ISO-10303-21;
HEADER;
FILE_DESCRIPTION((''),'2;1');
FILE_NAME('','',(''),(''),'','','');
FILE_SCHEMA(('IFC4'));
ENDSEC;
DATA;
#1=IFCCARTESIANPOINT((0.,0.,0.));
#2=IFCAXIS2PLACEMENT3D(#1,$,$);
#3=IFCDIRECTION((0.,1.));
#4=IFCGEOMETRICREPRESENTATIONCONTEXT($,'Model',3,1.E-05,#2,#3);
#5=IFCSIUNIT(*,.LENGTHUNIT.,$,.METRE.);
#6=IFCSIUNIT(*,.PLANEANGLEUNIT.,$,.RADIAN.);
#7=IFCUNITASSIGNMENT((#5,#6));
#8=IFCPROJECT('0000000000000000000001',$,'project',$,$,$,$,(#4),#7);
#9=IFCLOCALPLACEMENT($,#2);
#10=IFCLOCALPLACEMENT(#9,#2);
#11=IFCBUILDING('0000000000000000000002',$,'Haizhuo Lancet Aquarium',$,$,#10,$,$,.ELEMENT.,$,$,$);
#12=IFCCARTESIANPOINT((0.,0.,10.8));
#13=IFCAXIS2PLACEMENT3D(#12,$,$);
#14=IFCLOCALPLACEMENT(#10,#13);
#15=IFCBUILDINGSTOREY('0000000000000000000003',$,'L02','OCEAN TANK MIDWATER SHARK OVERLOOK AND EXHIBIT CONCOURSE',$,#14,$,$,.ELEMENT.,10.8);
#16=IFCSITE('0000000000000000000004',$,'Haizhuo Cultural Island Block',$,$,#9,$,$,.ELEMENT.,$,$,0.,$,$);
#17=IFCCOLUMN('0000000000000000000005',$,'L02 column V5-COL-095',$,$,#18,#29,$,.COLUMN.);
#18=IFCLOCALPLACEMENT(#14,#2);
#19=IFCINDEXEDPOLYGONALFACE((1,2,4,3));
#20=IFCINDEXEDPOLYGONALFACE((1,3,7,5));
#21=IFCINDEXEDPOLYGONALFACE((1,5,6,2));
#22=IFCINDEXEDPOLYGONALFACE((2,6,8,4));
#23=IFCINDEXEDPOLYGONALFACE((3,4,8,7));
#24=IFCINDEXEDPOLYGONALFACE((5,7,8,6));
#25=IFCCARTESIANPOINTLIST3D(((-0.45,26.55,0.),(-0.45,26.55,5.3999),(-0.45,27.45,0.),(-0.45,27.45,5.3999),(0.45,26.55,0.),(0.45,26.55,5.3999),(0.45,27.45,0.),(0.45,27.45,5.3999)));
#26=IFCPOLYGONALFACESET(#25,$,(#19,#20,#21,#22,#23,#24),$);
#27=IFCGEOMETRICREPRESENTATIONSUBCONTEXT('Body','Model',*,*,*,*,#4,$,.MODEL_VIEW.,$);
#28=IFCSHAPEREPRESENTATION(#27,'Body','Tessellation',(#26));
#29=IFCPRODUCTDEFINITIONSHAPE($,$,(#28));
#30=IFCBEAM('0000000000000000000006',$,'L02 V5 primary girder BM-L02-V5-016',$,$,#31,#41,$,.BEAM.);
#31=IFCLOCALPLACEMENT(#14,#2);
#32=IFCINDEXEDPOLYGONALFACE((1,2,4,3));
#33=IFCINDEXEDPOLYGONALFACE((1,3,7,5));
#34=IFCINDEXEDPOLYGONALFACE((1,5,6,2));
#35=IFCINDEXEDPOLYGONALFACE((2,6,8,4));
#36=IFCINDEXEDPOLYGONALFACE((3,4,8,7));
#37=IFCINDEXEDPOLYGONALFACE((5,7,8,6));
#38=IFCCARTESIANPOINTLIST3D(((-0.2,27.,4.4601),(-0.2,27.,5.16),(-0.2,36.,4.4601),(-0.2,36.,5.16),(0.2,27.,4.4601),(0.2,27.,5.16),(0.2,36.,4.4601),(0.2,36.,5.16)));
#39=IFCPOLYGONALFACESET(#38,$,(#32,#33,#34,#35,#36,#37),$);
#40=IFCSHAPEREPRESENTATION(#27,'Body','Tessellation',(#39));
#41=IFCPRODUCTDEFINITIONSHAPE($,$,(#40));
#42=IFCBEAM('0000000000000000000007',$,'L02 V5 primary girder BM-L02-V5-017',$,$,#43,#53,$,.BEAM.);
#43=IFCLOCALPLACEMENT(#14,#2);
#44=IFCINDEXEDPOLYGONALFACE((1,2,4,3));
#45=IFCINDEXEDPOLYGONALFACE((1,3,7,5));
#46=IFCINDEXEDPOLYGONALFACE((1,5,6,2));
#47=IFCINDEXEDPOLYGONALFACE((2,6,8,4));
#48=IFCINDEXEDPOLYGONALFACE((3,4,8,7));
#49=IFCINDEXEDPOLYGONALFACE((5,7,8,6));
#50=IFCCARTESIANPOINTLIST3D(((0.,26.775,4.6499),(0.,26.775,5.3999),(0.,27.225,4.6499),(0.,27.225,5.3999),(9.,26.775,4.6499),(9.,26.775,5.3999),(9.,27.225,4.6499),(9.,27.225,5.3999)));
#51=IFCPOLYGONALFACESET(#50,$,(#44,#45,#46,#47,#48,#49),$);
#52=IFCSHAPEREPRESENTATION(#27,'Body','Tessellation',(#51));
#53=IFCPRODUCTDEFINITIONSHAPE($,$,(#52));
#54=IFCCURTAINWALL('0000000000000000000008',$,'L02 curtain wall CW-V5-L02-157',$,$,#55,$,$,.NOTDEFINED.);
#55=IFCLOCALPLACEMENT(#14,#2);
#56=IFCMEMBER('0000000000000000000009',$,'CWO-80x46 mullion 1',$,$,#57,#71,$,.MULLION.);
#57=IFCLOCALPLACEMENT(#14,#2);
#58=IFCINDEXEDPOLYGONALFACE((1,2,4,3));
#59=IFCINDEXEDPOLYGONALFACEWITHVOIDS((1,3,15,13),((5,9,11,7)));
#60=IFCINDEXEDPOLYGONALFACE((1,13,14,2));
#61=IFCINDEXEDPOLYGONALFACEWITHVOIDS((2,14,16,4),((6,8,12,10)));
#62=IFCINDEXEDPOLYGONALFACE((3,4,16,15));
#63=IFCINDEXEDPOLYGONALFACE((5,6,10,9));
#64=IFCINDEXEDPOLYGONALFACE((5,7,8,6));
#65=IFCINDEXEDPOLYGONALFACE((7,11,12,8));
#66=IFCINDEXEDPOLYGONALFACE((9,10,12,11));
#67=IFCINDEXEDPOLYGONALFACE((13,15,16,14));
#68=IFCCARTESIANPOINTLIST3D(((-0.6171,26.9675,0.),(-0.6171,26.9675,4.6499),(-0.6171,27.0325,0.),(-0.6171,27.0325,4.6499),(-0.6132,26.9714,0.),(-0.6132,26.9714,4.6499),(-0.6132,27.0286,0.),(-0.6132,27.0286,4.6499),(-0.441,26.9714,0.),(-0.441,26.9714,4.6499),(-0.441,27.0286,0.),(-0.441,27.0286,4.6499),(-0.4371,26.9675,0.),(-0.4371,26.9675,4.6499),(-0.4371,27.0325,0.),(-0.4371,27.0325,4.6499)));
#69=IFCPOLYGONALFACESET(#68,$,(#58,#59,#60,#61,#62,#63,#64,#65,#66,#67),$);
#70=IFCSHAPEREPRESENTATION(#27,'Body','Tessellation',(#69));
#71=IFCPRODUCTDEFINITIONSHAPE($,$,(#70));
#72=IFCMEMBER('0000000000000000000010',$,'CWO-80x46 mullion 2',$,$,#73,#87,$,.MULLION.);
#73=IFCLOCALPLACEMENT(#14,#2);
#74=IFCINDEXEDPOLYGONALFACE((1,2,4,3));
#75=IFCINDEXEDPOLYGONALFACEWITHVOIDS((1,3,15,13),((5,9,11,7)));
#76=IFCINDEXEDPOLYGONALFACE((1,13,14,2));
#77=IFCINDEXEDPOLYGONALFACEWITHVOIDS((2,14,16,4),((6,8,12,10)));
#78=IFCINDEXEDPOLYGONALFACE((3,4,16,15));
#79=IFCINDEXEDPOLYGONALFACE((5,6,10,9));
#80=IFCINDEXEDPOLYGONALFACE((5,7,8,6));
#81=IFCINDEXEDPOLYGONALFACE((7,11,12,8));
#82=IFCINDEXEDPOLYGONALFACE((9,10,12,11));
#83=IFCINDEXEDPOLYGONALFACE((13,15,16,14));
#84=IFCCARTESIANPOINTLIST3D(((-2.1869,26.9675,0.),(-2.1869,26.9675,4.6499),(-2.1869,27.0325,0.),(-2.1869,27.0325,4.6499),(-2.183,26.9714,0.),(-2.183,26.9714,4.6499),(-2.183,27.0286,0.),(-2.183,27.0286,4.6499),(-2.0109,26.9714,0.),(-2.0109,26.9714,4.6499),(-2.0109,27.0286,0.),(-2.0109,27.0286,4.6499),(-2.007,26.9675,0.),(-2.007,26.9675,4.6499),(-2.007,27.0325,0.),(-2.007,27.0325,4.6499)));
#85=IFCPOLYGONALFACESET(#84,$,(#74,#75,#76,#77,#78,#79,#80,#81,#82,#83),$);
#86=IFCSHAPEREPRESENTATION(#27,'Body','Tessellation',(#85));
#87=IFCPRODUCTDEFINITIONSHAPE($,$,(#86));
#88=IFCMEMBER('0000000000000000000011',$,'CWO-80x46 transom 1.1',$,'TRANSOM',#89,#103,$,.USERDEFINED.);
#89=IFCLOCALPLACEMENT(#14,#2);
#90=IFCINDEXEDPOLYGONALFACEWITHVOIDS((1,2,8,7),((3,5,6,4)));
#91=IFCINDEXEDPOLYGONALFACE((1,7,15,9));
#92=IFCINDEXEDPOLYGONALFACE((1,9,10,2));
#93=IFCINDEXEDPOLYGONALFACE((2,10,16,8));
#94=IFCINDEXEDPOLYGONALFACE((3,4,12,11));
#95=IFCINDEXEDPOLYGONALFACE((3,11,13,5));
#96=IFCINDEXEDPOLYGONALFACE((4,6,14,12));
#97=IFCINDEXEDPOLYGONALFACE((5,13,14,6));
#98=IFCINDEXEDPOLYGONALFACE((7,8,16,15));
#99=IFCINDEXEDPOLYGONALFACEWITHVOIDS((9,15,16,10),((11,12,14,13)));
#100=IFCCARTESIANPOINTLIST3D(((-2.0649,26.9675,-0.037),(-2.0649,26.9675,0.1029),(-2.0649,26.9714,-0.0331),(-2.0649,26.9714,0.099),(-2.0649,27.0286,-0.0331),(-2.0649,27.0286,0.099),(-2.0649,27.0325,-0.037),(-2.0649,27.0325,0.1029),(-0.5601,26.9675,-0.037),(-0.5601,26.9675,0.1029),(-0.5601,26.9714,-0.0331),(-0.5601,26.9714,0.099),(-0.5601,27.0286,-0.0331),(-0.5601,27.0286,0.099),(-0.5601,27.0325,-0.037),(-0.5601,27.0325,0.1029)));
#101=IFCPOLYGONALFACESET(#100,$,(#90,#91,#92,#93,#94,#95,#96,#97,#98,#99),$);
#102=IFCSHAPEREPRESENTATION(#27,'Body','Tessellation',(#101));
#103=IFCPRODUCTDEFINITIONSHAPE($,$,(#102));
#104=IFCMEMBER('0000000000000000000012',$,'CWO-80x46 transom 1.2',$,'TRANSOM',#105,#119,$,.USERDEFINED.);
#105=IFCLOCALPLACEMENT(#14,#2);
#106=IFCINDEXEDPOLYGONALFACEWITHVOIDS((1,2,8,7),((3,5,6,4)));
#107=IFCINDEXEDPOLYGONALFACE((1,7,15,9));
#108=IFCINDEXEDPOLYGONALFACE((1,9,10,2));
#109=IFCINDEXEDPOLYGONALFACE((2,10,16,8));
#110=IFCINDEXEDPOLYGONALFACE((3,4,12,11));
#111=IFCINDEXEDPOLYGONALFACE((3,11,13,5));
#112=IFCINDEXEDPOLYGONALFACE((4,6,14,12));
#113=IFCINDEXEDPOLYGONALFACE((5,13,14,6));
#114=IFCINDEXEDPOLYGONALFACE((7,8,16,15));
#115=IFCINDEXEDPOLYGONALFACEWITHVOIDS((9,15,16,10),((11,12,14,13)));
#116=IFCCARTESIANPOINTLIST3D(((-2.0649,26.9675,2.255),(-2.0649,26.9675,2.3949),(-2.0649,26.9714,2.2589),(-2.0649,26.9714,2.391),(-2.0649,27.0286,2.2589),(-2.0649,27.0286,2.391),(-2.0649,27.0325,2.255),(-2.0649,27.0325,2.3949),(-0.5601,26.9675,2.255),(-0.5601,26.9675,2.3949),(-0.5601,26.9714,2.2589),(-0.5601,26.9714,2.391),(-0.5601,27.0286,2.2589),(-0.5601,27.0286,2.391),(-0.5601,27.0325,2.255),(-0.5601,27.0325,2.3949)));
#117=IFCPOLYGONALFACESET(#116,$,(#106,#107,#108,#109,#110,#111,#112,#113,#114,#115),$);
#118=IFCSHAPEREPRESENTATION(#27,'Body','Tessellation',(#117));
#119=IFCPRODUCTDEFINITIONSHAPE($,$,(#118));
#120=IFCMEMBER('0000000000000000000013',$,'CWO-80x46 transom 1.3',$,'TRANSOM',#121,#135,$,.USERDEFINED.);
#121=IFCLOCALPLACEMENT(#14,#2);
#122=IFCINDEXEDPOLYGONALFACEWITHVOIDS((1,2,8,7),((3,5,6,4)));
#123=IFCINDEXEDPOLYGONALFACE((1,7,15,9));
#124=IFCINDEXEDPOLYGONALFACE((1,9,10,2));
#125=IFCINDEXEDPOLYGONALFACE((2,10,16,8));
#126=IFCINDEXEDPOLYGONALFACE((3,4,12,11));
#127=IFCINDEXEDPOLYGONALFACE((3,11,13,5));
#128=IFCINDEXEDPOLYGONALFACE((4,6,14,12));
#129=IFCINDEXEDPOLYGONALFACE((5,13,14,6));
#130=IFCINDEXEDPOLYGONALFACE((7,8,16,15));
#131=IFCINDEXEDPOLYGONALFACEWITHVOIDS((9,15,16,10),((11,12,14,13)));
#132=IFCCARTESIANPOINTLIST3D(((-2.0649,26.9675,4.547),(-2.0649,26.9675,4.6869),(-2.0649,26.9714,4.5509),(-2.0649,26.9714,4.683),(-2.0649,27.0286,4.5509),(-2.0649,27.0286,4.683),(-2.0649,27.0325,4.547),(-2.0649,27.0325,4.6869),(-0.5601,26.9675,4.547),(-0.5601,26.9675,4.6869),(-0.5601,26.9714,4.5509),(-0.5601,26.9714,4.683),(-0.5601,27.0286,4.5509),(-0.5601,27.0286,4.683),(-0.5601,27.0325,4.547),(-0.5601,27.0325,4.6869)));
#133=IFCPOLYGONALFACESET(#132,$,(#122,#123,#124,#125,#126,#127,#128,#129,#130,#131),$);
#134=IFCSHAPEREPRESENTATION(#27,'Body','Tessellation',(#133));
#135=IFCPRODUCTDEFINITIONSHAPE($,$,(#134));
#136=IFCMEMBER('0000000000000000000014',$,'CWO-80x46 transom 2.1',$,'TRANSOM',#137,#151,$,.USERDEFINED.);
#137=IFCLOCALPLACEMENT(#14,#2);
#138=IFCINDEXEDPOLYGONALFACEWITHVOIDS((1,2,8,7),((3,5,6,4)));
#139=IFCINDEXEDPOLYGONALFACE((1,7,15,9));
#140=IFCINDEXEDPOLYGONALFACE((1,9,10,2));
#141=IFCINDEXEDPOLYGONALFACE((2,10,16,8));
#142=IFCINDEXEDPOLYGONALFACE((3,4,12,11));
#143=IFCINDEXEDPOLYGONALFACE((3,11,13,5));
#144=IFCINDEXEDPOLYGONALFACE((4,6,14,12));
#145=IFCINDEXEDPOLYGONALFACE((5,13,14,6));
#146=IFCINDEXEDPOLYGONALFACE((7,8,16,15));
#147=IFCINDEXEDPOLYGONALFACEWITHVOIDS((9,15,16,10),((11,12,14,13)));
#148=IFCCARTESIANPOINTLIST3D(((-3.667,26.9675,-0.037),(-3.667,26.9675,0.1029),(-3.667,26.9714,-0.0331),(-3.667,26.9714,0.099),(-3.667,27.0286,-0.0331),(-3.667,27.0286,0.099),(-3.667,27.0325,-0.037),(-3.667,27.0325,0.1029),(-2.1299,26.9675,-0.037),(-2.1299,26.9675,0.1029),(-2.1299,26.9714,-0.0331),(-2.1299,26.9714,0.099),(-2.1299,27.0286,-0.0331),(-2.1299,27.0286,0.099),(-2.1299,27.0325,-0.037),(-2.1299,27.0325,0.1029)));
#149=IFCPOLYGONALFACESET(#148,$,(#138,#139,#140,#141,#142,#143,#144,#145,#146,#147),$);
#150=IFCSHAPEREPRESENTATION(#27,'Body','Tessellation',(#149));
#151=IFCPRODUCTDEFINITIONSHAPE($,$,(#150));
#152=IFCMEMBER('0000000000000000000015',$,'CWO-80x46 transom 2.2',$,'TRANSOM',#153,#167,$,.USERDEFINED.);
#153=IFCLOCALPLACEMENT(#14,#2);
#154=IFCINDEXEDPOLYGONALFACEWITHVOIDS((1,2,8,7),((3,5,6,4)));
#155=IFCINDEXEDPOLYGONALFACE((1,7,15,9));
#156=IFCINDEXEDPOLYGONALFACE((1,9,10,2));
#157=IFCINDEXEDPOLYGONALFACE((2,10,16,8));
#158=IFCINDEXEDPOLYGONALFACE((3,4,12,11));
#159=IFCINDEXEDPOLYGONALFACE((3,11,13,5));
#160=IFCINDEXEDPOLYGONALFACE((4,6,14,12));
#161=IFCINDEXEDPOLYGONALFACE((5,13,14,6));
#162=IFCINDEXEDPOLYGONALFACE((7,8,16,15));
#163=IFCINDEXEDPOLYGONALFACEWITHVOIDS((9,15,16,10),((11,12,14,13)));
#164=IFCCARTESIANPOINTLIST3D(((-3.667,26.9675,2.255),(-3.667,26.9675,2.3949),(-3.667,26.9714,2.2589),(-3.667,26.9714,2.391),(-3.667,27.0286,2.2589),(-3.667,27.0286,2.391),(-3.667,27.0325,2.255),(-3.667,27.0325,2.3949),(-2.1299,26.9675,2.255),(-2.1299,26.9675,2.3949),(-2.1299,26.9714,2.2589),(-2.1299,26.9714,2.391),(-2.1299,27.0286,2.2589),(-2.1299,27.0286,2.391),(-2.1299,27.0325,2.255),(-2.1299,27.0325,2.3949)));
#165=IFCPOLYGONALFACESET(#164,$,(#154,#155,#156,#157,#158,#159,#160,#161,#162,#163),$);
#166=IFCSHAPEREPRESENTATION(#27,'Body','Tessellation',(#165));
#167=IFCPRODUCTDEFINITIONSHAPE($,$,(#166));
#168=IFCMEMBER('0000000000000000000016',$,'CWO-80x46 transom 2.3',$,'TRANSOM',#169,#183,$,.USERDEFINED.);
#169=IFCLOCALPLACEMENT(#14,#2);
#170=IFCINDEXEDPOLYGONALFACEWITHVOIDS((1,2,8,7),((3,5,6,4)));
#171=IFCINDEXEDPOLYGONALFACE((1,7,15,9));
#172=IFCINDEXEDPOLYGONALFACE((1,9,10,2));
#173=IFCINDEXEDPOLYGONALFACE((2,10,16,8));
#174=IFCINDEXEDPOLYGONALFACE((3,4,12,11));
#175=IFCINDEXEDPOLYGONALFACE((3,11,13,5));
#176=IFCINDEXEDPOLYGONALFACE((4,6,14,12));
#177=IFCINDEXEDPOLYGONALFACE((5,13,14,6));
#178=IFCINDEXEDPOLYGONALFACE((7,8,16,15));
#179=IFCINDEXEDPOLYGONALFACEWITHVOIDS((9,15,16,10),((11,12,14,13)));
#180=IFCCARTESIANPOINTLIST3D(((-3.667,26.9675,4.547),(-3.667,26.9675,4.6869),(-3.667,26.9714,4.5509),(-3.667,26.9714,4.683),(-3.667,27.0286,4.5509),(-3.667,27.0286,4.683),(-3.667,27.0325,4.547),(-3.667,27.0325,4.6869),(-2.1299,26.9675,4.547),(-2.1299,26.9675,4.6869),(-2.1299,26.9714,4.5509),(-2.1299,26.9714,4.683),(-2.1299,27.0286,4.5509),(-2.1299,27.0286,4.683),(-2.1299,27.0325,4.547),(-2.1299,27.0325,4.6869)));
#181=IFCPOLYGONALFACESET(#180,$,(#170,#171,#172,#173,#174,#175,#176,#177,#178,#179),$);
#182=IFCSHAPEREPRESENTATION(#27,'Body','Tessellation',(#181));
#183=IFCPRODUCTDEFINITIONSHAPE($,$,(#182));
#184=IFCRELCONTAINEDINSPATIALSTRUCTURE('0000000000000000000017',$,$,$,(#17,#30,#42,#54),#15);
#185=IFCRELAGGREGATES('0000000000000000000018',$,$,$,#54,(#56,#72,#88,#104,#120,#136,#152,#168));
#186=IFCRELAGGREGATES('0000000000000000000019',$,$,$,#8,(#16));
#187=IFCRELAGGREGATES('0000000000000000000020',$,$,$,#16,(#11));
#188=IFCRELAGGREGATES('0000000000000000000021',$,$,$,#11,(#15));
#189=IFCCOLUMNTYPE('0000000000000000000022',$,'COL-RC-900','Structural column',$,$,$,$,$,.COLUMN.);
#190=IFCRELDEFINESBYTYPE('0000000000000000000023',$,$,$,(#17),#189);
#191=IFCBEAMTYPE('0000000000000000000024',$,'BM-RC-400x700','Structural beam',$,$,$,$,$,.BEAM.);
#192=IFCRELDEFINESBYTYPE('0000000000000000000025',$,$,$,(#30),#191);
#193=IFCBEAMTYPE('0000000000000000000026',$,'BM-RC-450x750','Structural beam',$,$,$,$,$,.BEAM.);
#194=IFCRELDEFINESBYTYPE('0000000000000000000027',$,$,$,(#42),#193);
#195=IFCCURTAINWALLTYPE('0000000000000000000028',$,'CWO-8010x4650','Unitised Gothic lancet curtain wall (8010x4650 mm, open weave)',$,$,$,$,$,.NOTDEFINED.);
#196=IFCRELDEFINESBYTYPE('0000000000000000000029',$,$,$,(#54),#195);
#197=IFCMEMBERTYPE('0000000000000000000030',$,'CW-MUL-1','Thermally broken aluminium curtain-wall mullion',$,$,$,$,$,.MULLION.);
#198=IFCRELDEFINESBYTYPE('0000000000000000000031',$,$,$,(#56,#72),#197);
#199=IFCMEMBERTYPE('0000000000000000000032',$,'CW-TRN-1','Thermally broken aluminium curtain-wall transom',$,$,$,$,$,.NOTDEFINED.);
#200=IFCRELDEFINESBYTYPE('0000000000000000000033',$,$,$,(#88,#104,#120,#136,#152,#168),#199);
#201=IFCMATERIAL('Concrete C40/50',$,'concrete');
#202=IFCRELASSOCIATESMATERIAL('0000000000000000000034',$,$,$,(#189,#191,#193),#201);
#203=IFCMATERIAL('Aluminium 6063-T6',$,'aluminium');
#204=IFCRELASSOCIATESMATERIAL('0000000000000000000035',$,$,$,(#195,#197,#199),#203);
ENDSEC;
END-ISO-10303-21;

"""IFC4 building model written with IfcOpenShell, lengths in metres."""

from ifc_helpers import new_model, si_unit, direction, frame, origin, origin_2d, place, context, subcontext, project, spatial, rectangle, hollow_rectangle, extrude, material, material_profile, profile_set, type_object, element, aggregate, save


model = new_model("IFC4")

# Units and contexts
model_context = context("Model", 3, precision=1e-05, world=origin(), true_north=direction((0.0, 1.0)))
body_context = subcontext(model_context, "Body", "Model", "MODEL_VIEW")
ifc_project = project(units=[si_unit("LENGTHUNIT", "METRE"), si_unit("PLANEANGLEUNIT", "RADIAN")], contexts=[model_context])

# Site, building, storey
site_placement = place(None, origin())
site = spatial("IfcSite", under=ifc_project, at=site_placement, Name="Haizhuo Cultural Island Block", CompositionType="ELEMENT", RefElevation=0.0)
building_placement = place(site_placement, origin())
building = spatial("IfcBuilding", under=site, at=building_placement, Name="Haizhuo Lancet Aquarium", CompositionType="ELEMENT")
storey_placement = place(building_placement, frame((0.0, 0.0, 10.8)))
storey = spatial("IfcBuildingStorey", under=building, at=storey_placement, Name="L02", Description="OCEAN TANK MIDWATER SHARK OVERLOOK AND EXHIBIT CONCOURSE", CompositionType="ELEMENT", Elevation=10.8)

# Column
ifc_material_1 = material(Name="Concrete C40/50", Category="concrete")
ifc_material_profile_1 = material_profile(ifc_material_1, rectangle(XDim=0.8999, YDim=0.8999, at=origin_2d()), Name="RC-COL 900x900")
ifc_profile_set_1 = profile_set([ifc_material_profile_1], Name="Concrete C40/50")
column_type = type_object("IfcColumnType", Name="COL-RC-900", Description="Structural column", PredefinedType="COLUMN", material=ifc_profile_set_1)
column_placement = place(storey_placement, frame((0.0, 27.0, 0.0), z_axis=(0.0, 0.0, 1.0), x_axis=(1.0, 0.0, 0.0)))
element("IfcColumn", 1, at=column_placement, inside=storey, type_object=column_type, Name="L02 column V5-COL-095", PredefinedType="COLUMN", context=body_context, shape_type="SweptSolid", body=[
    extrude(rectangle(XDim=0.8999, YDim=0.8999, at=origin_2d()), origin(), (0.0, 0.0, 1.0), 5.3999),
])

# Beams
ifc_material_profile_2 = material_profile(ifc_material_1, rectangle(XDim=0.3999, YDim=0.7, at=origin_2d()), Name="RC-BM 400x700")
ifc_profile_set_2 = profile_set([ifc_material_profile_2], Name="Concrete C40/50")
beam_type_1 = type_object("IfcBeamType", Name="BM-RC-400x700", Description="Structural beam", PredefinedType="BEAM", material=ifc_profile_set_2)
beam_1_placement = place(storey_placement, frame((0.0, 27.0, 4.8101), z_axis=(0.0, 1.0, 0.0), x_axis=(-1.0, 0.0, 0.0)))
element("IfcBeam", 2, at=beam_1_placement, inside=storey, type_object=beam_type_1, Name="L02 V5 primary girder BM-L02-V5-016", PredefinedType="BEAM", context=body_context, shape_type="SweptSolid", body=[
    extrude(rectangle(XDim=0.3999, YDim=0.7, at=origin_2d()), origin(), (0.0, 0.0, 1.0), 9.0),
])
ifc_material_profile_3 = material_profile(ifc_material_1, rectangle(XDim=0.45, YDim=0.75, at=origin_2d()), Name="RC-BM 450x750")
ifc_profile_set_3 = profile_set([ifc_material_profile_3], Name="Concrete C40/50")
beam_type_2 = type_object("IfcBeamType", Name="BM-RC-450x750", Description="Structural beam", PredefinedType="BEAM", material=ifc_profile_set_3)
beam_2_placement = place(storey_placement, frame((0.0, 27.0, 5.0249), z_axis=(1.0, 0.0, 0.0), x_axis=(0.0, 1.0, 0.0)))
element("IfcBeam", 3, at=beam_2_placement, inside=storey, type_object=beam_type_2, Name="L02 V5 primary girder BM-L02-V5-017", PredefinedType="BEAM", context=body_context, shape_type="SweptSolid", body=[
    extrude(rectangle(XDim=0.45, YDim=0.75, at=origin_2d()), origin(), (0.0, 0.0, 1.0), 9.0),
])

# Curtain wall, members
ifc_material_2 = material(Name="Aluminium 6063-T6", Category="aluminium")
curtain_wall_type = type_object("IfcCurtainWallType", Name="CWO-8010x4650", Description="Unitised Gothic lancet curtain wall (8010x4650 mm, open weave)", PredefinedType="NOTDEFINED", material=ifc_material_2)
curtain_wall_placement = place(storey_placement, origin())
curtain_wall = element("IfcCurtainWall", 4, at=curtain_wall_placement, inside=storey, type_object=curtain_wall_type, Name="L02 curtain wall CW-V5-L02-157", PredefinedType="NOTDEFINED")
ifc_material_profile_4 = material_profile(ifc_material_2, hollow_rectangle(XDim=0.0649, YDim=0.1799, WallThickness=0.0039, at=origin_2d()), Name="ALU-M 65x180x4")
ifc_profile_set_4 = profile_set([ifc_material_profile_4], Name="Aluminium 6063-T6")
member_type_1 = type_object("IfcMemberType", Name="CW-MUL-1", Description="Thermally broken aluminium curtain-wall mullion", PredefinedType="MULLION", material=ifc_profile_set_4)
member_1_placement = place(storey_placement, frame((-0.5271, 27.0, 0.0), z_axis=(0.0, 0.0, 1.0), x_axis=(0.0, -1.0, 0.0)))
member_1 = element("IfcMember", 5, at=member_1_placement, type_object=member_type_1, Name="CWO-80x46 mullion 1", PredefinedType="MULLION", context=body_context, shape_type="SweptSolid", body=[
    extrude(hollow_rectangle(XDim=0.0649, YDim=0.1799, WallThickness=0.0039, at=origin_2d()), origin(), (0.0, 0.0, 1.0), 4.6499),
])
member_2_placement = place(storey_placement, frame((-2.0969, 27.0, 0.0), z_axis=(0.0, 0.0, 1.0), x_axis=(0.0, -1.0, 0.0)))
member_2 = element("IfcMember", 6, at=member_2_placement, type_object=member_type_1, Name="CWO-80x46 mullion 2", PredefinedType="MULLION", context=body_context, shape_type="SweptSolid", body=[
    extrude(hollow_rectangle(XDim=0.0649, YDim=0.1799, WallThickness=0.0039, at=origin_2d()), origin(), (0.0, 0.0, 1.0), 4.6499),
])
ifc_material_profile_5 = material_profile(ifc_material_2, hollow_rectangle(XDim=0.0649, YDim=0.1399, WallThickness=0.0039, at=origin_2d()), Name="ALU-T 65x140x4")
ifc_profile_set_5 = profile_set([ifc_material_profile_5], Name="Aluminium 6063-T6")
member_type_2 = type_object("IfcMemberType", Name="CW-TRN-1", Description="Thermally broken aluminium curtain-wall transom", PredefinedType="NOTDEFINED", material=ifc_profile_set_5)
member_3_placement = place(storey_placement, frame((-0.5601, 27.0, 0.033), z_axis=(-1.0, 0.0, 0.0), x_axis=(0.0, -1.0, 0.0)))
member_3 = element("IfcMember", 7, at=member_3_placement, type_object=member_type_2, Name="CWO-80x46 transom 1.1", ObjectType="TRANSOM", PredefinedType="USERDEFINED", context=body_context, shape_type="SweptSolid", body=[
    extrude(hollow_rectangle(XDim=0.0649, YDim=0.1399, WallThickness=0.0039, at=origin_2d()), origin(), (0.0, 0.0, 1.0), 1.5049),
])
member_4_placement = place(storey_placement, frame((-0.5601, 27.0, 2.325), z_axis=(-1.0, 0.0, 0.0), x_axis=(0.0, -1.0, 0.0)))
member_4 = element("IfcMember", 8, at=member_4_placement, type_object=member_type_2, Name="CWO-80x46 transom 1.2", ObjectType="TRANSOM", PredefinedType="USERDEFINED", context=body_context, shape_type="SweptSolid", body=[
    extrude(hollow_rectangle(XDim=0.0649, YDim=0.1399, WallThickness=0.0039, at=origin_2d()), origin(), (0.0, 0.0, 1.0), 1.5049),
])
member_5_placement = place(storey_placement, frame((-0.5601, 27.0, 4.6169), z_axis=(-1.0, 0.0, 0.0), x_axis=(0.0, -1.0, 0.0)))
member_5 = element("IfcMember", 9, at=member_5_placement, type_object=member_type_2, Name="CWO-80x46 transom 1.3", ObjectType="TRANSOM", PredefinedType="USERDEFINED", context=body_context, shape_type="SweptSolid", body=[
    extrude(hollow_rectangle(XDim=0.0649, YDim=0.1399, WallThickness=0.0039, at=origin_2d()), origin(), (0.0, 0.0, 1.0), 1.5049),
])
member_6_placement = place(storey_placement, frame((-2.1299, 27.0, 0.033), z_axis=(-1.0, 0.0, 0.0), x_axis=(0.0, -1.0, 0.0)))
member_6 = element("IfcMember", 10, at=member_6_placement, type_object=member_type_2, Name="CWO-80x46 transom 2.1", ObjectType="TRANSOM", PredefinedType="USERDEFINED", context=body_context, shape_type="SweptSolid", body=[
    extrude(hollow_rectangle(XDim=0.0649, YDim=0.1399, WallThickness=0.0039, at=origin_2d()), origin(), (0.0, 0.0, 1.0), 1.5371),
])
member_7_placement = place(storey_placement, frame((-2.1299, 27.0, 2.325), z_axis=(-1.0, 0.0, 0.0), x_axis=(0.0, -1.0, 0.0)))
member_7 = element("IfcMember", 11, at=member_7_placement, type_object=member_type_2, Name="CWO-80x46 transom 2.2", ObjectType="TRANSOM", PredefinedType="USERDEFINED", context=body_context, shape_type="SweptSolid", body=[
    extrude(hollow_rectangle(XDim=0.0649, YDim=0.1399, WallThickness=0.0039, at=origin_2d()), origin(), (0.0, 0.0, 1.0), 1.5371),
])
member_8_placement = place(storey_placement, frame((-2.1299, 27.0, 4.6169), z_axis=(-1.0, 0.0, 0.0), x_axis=(0.0, -1.0, 0.0)))
member_8 = element("IfcMember", 12, at=member_8_placement, type_object=member_type_2, Name="CWO-80x46 transom 2.3", ObjectType="TRANSOM", PredefinedType="USERDEFINED", context=body_context, shape_type="SweptSolid", body=[
    extrude(hollow_rectangle(XDim=0.0649, YDim=0.1399, WallThickness=0.0039, at=origin_2d()), origin(), (0.0, 0.0, 1.0), 1.5371),
])

aggregate(curtain_wall, [member_1, member_2, member_3, member_4, member_5, member_6, member_7, member_8])

save(model, "model.ifc")
